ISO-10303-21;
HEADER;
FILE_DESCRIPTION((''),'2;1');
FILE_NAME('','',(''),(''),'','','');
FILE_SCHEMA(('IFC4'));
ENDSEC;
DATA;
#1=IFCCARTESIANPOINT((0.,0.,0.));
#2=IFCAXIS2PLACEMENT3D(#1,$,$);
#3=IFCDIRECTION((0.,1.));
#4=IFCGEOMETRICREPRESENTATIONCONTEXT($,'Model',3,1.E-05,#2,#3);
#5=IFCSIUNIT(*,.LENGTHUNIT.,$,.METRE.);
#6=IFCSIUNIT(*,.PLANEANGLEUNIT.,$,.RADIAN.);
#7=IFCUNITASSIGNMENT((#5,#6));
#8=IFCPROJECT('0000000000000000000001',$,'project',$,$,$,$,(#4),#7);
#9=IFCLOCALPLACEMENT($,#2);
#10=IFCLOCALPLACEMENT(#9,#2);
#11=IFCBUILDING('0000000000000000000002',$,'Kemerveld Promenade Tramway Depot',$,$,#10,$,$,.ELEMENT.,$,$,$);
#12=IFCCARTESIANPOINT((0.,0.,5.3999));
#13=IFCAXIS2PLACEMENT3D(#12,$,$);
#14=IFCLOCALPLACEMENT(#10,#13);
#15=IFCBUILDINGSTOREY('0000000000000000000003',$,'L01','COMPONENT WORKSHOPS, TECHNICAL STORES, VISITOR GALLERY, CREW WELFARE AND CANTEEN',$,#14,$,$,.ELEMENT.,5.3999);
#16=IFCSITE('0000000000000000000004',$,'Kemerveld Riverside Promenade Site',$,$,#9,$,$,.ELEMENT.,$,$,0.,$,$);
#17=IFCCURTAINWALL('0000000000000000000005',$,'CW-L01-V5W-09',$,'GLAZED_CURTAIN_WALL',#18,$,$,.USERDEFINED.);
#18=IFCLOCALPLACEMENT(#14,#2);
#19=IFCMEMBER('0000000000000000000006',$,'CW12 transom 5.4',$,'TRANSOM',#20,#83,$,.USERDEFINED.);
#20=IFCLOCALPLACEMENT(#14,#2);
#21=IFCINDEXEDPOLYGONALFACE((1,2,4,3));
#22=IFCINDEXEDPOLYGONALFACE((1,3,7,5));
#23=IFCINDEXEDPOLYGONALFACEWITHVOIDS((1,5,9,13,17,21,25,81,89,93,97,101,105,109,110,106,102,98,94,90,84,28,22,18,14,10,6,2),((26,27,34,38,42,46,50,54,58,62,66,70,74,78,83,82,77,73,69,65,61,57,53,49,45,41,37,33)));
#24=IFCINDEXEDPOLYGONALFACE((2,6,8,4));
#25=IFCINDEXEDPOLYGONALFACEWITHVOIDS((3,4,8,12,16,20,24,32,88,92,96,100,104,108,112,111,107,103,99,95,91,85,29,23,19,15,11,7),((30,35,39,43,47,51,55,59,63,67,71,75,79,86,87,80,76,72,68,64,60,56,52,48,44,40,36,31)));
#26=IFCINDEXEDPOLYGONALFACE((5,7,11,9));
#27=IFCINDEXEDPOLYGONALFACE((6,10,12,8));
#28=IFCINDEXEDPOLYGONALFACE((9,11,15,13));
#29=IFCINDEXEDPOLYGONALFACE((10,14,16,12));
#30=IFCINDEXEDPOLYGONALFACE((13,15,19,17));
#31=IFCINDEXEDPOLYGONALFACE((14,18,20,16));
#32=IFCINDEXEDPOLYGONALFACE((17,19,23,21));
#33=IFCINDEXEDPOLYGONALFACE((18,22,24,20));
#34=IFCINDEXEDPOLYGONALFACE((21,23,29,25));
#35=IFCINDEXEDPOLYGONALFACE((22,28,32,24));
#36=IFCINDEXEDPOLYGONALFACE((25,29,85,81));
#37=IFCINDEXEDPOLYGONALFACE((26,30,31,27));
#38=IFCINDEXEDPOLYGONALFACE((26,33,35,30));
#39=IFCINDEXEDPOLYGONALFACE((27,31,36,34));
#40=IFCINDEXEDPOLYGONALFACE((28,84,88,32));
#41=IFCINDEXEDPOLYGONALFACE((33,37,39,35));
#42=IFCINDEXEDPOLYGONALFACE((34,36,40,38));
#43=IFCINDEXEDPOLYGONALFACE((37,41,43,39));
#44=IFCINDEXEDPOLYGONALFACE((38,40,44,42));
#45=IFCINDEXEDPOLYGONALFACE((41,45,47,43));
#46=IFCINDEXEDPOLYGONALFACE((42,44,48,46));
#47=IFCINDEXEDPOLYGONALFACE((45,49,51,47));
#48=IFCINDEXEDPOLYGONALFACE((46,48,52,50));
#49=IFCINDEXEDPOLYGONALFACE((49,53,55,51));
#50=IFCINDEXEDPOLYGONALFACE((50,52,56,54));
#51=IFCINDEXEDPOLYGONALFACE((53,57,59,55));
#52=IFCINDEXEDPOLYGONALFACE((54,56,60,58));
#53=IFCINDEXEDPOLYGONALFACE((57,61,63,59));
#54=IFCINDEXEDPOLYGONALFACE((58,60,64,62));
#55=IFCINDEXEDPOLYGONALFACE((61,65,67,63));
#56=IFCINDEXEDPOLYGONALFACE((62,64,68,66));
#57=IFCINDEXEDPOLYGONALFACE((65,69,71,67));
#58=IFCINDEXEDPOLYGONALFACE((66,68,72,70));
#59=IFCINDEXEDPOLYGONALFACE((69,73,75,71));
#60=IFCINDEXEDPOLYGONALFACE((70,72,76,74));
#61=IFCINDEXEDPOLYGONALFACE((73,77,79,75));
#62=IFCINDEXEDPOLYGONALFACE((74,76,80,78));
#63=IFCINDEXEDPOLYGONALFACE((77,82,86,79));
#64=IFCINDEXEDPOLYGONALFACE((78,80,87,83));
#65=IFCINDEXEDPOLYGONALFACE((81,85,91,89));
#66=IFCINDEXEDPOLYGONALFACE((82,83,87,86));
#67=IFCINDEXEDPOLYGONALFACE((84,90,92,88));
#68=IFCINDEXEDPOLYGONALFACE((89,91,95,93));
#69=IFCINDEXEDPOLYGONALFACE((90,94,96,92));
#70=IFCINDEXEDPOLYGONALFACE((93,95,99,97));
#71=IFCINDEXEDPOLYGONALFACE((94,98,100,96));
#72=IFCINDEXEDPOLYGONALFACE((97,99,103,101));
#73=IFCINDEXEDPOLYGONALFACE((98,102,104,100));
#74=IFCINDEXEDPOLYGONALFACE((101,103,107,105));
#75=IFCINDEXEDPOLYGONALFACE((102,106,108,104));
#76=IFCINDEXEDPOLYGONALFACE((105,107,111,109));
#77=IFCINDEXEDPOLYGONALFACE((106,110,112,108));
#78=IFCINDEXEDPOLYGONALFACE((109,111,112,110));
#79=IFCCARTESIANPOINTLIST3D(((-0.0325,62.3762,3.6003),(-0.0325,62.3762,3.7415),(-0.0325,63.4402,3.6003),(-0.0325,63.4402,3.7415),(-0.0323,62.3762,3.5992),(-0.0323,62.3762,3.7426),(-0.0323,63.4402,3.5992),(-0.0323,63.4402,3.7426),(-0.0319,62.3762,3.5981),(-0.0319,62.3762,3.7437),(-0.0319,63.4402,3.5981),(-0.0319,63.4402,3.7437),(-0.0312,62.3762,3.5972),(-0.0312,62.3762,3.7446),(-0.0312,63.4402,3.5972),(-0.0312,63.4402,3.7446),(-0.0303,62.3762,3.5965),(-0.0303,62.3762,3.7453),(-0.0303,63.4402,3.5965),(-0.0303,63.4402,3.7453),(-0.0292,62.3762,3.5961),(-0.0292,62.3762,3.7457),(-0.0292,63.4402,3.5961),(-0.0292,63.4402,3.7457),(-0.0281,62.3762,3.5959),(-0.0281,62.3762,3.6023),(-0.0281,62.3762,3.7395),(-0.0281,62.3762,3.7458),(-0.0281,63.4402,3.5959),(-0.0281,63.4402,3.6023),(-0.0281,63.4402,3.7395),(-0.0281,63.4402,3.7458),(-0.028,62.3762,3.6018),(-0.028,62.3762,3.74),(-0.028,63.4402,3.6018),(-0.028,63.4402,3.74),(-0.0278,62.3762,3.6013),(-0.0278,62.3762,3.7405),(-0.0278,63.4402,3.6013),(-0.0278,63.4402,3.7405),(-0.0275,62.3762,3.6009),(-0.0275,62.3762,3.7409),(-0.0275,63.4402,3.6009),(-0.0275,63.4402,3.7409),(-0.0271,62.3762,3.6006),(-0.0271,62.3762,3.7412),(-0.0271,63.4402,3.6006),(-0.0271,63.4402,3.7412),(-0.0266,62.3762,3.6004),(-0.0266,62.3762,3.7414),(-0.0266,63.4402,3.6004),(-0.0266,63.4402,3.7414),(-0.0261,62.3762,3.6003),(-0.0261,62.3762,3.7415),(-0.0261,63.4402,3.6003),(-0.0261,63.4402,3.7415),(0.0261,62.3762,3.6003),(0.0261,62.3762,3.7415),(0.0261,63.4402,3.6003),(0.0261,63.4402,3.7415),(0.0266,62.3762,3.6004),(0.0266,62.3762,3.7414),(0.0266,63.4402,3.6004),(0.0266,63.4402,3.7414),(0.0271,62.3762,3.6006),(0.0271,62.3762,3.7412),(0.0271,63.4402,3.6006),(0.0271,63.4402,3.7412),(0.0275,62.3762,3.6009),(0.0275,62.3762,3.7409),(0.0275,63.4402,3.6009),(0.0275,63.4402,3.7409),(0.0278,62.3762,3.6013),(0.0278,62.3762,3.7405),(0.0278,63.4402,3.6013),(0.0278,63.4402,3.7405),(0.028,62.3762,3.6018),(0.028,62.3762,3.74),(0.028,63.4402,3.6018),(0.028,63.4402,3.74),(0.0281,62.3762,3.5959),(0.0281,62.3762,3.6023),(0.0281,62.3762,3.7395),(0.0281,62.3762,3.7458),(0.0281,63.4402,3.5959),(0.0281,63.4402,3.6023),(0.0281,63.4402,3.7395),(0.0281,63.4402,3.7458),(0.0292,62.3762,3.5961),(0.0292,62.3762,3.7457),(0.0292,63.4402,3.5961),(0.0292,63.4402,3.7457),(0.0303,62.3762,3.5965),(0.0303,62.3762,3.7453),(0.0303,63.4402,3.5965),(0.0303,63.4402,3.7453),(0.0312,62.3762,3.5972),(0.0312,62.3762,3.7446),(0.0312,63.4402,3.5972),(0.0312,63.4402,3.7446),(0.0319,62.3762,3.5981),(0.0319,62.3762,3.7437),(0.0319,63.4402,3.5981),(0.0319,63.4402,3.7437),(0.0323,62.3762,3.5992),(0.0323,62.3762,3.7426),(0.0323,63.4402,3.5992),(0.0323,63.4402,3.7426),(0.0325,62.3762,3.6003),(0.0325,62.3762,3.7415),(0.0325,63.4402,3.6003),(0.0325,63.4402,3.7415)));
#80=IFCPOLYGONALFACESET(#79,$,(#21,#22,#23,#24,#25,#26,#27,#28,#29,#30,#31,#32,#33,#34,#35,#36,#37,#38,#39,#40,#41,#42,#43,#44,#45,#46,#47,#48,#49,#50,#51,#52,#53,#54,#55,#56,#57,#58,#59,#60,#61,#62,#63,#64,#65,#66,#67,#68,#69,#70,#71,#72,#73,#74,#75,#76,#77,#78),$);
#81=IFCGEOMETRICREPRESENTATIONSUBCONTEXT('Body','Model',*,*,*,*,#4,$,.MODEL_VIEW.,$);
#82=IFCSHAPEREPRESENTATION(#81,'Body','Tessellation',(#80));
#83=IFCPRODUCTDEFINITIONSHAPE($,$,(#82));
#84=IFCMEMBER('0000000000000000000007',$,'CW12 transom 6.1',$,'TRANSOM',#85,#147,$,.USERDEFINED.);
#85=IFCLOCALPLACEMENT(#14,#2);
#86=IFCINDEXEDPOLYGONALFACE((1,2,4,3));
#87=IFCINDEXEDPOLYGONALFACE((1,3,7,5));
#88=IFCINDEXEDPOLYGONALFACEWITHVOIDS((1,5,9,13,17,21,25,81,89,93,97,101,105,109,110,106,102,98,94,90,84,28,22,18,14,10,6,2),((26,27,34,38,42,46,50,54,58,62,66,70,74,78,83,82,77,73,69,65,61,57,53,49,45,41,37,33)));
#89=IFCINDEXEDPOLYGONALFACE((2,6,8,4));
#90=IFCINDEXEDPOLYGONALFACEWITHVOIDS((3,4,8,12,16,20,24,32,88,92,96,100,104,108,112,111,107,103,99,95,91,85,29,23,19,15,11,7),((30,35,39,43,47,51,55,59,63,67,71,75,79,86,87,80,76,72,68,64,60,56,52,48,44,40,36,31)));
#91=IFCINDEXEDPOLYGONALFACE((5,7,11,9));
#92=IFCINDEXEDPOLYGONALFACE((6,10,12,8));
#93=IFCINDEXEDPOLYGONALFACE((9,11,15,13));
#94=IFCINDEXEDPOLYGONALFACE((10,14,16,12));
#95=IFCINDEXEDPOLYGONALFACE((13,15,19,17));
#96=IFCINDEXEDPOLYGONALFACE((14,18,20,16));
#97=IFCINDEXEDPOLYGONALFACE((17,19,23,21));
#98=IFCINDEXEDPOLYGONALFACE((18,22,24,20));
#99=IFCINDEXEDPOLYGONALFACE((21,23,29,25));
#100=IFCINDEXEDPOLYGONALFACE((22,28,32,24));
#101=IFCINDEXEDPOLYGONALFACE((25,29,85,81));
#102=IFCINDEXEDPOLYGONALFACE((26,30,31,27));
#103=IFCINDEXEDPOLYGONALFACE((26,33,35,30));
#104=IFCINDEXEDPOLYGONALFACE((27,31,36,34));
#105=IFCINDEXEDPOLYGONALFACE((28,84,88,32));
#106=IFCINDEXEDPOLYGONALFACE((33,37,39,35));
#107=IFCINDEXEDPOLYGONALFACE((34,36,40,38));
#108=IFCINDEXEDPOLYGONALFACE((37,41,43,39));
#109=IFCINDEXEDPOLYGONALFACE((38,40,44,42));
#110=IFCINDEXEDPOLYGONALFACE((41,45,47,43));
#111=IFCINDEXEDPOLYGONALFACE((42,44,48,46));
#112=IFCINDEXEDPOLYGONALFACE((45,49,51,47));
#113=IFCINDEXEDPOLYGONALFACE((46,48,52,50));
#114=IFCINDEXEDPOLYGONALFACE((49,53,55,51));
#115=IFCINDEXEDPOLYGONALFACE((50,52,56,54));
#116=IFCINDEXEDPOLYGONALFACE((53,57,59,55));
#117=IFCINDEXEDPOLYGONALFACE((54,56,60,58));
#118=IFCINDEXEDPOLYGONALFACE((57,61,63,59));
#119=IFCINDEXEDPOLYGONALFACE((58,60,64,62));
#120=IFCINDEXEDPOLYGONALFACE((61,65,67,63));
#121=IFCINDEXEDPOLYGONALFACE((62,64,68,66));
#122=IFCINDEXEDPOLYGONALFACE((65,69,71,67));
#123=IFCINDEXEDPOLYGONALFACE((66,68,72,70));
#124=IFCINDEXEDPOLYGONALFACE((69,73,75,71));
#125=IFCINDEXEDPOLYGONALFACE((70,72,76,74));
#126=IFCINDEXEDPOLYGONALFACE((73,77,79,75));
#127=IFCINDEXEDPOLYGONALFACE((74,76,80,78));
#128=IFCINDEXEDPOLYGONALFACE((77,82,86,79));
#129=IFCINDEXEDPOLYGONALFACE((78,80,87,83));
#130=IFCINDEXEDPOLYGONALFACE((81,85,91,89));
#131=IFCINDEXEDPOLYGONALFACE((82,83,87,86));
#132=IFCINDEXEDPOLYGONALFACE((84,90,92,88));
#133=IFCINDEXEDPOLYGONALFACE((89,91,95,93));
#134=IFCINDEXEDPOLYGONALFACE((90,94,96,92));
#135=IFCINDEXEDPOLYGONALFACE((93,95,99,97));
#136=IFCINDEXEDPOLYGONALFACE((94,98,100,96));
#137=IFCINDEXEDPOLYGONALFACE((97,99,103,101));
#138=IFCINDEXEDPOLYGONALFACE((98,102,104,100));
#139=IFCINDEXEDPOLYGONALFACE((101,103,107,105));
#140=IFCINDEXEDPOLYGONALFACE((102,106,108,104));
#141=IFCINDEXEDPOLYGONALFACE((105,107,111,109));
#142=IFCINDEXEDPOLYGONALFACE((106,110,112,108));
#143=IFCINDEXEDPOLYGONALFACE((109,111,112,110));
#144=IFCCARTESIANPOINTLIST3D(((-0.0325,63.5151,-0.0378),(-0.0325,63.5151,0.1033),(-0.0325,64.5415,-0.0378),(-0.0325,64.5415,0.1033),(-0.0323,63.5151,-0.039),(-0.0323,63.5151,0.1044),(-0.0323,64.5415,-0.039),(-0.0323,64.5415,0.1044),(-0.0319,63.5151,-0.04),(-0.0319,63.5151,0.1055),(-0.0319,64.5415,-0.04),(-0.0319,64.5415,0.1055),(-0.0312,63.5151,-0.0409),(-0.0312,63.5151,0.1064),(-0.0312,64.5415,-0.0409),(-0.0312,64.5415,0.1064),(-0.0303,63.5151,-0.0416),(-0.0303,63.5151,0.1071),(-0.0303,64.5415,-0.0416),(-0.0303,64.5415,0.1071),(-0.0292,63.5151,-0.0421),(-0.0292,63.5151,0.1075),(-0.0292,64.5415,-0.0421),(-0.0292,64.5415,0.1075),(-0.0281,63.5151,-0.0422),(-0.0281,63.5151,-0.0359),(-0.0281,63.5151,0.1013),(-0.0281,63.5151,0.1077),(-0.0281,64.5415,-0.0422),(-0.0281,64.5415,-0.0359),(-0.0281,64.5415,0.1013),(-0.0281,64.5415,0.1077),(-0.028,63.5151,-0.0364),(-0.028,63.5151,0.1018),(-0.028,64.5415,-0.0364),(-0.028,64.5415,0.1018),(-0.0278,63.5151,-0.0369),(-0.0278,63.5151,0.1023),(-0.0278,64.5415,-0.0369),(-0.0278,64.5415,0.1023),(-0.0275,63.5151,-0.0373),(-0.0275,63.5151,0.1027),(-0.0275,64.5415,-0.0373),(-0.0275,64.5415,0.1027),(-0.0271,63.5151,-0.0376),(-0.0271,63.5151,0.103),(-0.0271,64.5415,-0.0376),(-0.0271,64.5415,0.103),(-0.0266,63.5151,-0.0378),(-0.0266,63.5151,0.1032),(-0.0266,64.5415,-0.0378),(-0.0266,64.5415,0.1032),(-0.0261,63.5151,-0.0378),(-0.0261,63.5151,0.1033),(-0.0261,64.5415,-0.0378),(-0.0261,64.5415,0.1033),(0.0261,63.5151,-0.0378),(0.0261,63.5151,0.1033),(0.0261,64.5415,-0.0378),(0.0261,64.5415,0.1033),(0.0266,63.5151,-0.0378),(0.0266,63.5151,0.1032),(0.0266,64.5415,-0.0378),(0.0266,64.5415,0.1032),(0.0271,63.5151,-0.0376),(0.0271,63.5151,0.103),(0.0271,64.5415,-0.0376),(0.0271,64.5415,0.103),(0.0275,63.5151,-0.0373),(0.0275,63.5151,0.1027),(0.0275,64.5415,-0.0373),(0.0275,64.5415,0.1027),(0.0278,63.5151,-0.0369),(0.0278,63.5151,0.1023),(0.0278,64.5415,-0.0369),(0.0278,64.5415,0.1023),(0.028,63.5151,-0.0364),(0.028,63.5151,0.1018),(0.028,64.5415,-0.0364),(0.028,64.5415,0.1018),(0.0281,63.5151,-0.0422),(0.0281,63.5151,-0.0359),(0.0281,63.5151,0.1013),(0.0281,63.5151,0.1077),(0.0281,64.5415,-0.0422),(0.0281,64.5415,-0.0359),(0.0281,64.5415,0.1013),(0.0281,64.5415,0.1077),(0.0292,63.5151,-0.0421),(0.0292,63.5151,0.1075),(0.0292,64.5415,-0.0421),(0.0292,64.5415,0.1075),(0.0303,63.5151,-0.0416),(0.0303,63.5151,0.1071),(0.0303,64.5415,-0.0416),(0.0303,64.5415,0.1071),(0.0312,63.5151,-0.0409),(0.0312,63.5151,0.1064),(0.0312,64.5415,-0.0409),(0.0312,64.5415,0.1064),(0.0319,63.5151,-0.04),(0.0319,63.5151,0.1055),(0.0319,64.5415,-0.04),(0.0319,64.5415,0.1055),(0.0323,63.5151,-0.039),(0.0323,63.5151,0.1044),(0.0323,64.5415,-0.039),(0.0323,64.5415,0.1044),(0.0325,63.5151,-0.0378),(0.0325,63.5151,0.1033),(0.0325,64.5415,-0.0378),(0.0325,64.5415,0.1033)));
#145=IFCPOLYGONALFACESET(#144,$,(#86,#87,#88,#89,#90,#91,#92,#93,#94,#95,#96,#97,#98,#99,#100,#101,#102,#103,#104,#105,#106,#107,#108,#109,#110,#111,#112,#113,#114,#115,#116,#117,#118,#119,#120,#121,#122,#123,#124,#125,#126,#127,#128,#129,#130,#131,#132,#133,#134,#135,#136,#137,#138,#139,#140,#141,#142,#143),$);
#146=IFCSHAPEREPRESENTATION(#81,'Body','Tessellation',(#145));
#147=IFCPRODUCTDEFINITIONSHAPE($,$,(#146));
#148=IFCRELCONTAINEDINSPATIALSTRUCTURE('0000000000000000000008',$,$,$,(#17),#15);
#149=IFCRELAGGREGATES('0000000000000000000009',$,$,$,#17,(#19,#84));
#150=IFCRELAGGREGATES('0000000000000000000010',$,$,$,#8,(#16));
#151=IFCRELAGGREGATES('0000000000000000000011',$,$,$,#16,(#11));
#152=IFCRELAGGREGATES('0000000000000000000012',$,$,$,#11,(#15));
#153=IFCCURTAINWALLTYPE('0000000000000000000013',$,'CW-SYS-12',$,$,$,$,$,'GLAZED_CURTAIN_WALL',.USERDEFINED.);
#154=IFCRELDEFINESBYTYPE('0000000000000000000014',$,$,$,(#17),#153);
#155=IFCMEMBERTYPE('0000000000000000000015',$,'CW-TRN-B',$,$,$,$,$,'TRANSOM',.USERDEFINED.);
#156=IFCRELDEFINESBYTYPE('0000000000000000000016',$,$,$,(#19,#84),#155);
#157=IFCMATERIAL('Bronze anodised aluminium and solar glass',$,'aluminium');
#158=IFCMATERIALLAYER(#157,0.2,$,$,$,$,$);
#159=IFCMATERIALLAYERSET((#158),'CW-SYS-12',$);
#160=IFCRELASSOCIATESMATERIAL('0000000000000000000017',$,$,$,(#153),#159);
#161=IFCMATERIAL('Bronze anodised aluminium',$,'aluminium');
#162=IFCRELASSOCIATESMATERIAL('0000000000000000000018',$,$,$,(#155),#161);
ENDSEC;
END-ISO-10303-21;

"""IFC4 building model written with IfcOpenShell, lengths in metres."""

from ifc_helpers import new_model, si_unit, direction, frame, origin, origin_2d, place, context, subcontext, project, spatial, hollow_rectangle, extrude, material, layer, layer_set, material_profile, profile_set, type_object, element, aggregate, save


model = new_model("IFC4")

# Units and contexts
model_context = context("Model", 3, precision=1e-05, world=origin(), true_north=direction((0.0, 1.0)))
body_context = subcontext(model_context, "Body", "Model", "MODEL_VIEW")
ifc_project = project(units=[si_unit("LENGTHUNIT", "METRE"), si_unit("PLANEANGLEUNIT", "RADIAN")], contexts=[model_context])

# Site, building, storey
site_placement = place(None, origin())
site = spatial("IfcSite", under=ifc_project, at=site_placement, Name="Kemerveld Riverside Promenade Site", CompositionType="ELEMENT", RefElevation=0.0)
building_placement = place(site_placement, origin())
building = spatial("IfcBuilding", under=site, at=building_placement, Name="Kemerveld Promenade Tramway Depot", CompositionType="ELEMENT")
storey_placement = place(building_placement, frame((0.0, 0.0, 5.3999)))
storey = spatial("IfcBuildingStorey", under=building, at=storey_placement, Name="L01", Description="COMPONENT WORKSHOPS, TECHNICAL STORES, VISITOR GALLERY, CREW WELFARE AND CANTEEN", CompositionType="ELEMENT", Elevation=5.3999)

# Curtain wall, members
ifc_material_1 = material(Name="Bronze anodised aluminium and solar glass", Category="aluminium")
ifc_layer_1 = layer(ifc_material_1, 0.2)
ifc_layer_set_1 = layer_set([ifc_layer_1], Name="CW-SYS-12")
curtain_wall_type = type_object("IfcCurtainWallType", Name="CW-SYS-12", ElementType="GLAZED_CURTAIN_WALL", PredefinedType="USERDEFINED", material=ifc_layer_set_1)
curtain_wall_placement = place(storey_placement, origin())
curtain_wall = element("IfcCurtainWall", 1, at=curtain_wall_placement, inside=storey, type_object=curtain_wall_type, Name="CW-L01-V5W-09", ObjectType="GLAZED_CURTAIN_WALL", PredefinedType="USERDEFINED")
ifc_material_2 = material(Name="Bronze anodised aluminium", Category="aluminium")
ifc_material_profile_1 = material_profile(ifc_material_2, hollow_rectangle(XDim=0.0649, YDim=0.1499, WallThickness=0.0044, InnerFilletRadius=0.002, OuterFilletRadius=0.0044, at=origin_2d()), Name="CW-TRN-150x65")
ifc_profile_set_1 = profile_set([ifc_material_profile_1], Name="Bronze anodised aluminium")
member_type_1 = type_object("IfcMemberType", Name="CW-TRN-B", ElementType="TRANSOM", PredefinedType="USERDEFINED", material=ifc_profile_set_1)
member_1_placement = place(storey_placement, frame((0.0, 62.3762, 3.6709), z_axis=(0.0, 1.0, 0.0), x_axis=(-1.0, 0.0, 0.0)))
member_1 = element("IfcMember", 2, at=member_1_placement, type_object=member_type_1, Name="CW12 transom 5.4", ObjectType="TRANSOM", PredefinedType="USERDEFINED", context=body_context, shape_type="SweptSolid", body=[
    extrude(hollow_rectangle(XDim=0.0649, YDim=0.1499, WallThickness=0.0044, InnerFilletRadius=0.002, OuterFilletRadius=0.0044, at=origin_2d()), origin(), (0.0, 0.0, 1.0), 1.064),
])
member_2_placement = place(storey_placement, frame((0.0, 63.5151, 0.0327), z_axis=(0.0, 1.0, 0.0), x_axis=(-1.0, 0.0, 0.0)))
member_2 = element("IfcMember", 3, at=member_2_placement, type_object=member_type_1, Name="CW12 transom 6.1", ObjectType="TRANSOM", PredefinedType="USERDEFINED", context=body_context, shape_type="SweptSolid", body=[
    extrude(hollow_rectangle(XDim=0.0649, YDim=0.1499, WallThickness=0.0044, InnerFilletRadius=0.002, OuterFilletRadius=0.0044, at=origin_2d()), origin(), (0.0, 0.0, 1.0), 1.0264),
])
aggregate(curtain_wall, [member_1, member_2])

save(model, "model.ifc")
